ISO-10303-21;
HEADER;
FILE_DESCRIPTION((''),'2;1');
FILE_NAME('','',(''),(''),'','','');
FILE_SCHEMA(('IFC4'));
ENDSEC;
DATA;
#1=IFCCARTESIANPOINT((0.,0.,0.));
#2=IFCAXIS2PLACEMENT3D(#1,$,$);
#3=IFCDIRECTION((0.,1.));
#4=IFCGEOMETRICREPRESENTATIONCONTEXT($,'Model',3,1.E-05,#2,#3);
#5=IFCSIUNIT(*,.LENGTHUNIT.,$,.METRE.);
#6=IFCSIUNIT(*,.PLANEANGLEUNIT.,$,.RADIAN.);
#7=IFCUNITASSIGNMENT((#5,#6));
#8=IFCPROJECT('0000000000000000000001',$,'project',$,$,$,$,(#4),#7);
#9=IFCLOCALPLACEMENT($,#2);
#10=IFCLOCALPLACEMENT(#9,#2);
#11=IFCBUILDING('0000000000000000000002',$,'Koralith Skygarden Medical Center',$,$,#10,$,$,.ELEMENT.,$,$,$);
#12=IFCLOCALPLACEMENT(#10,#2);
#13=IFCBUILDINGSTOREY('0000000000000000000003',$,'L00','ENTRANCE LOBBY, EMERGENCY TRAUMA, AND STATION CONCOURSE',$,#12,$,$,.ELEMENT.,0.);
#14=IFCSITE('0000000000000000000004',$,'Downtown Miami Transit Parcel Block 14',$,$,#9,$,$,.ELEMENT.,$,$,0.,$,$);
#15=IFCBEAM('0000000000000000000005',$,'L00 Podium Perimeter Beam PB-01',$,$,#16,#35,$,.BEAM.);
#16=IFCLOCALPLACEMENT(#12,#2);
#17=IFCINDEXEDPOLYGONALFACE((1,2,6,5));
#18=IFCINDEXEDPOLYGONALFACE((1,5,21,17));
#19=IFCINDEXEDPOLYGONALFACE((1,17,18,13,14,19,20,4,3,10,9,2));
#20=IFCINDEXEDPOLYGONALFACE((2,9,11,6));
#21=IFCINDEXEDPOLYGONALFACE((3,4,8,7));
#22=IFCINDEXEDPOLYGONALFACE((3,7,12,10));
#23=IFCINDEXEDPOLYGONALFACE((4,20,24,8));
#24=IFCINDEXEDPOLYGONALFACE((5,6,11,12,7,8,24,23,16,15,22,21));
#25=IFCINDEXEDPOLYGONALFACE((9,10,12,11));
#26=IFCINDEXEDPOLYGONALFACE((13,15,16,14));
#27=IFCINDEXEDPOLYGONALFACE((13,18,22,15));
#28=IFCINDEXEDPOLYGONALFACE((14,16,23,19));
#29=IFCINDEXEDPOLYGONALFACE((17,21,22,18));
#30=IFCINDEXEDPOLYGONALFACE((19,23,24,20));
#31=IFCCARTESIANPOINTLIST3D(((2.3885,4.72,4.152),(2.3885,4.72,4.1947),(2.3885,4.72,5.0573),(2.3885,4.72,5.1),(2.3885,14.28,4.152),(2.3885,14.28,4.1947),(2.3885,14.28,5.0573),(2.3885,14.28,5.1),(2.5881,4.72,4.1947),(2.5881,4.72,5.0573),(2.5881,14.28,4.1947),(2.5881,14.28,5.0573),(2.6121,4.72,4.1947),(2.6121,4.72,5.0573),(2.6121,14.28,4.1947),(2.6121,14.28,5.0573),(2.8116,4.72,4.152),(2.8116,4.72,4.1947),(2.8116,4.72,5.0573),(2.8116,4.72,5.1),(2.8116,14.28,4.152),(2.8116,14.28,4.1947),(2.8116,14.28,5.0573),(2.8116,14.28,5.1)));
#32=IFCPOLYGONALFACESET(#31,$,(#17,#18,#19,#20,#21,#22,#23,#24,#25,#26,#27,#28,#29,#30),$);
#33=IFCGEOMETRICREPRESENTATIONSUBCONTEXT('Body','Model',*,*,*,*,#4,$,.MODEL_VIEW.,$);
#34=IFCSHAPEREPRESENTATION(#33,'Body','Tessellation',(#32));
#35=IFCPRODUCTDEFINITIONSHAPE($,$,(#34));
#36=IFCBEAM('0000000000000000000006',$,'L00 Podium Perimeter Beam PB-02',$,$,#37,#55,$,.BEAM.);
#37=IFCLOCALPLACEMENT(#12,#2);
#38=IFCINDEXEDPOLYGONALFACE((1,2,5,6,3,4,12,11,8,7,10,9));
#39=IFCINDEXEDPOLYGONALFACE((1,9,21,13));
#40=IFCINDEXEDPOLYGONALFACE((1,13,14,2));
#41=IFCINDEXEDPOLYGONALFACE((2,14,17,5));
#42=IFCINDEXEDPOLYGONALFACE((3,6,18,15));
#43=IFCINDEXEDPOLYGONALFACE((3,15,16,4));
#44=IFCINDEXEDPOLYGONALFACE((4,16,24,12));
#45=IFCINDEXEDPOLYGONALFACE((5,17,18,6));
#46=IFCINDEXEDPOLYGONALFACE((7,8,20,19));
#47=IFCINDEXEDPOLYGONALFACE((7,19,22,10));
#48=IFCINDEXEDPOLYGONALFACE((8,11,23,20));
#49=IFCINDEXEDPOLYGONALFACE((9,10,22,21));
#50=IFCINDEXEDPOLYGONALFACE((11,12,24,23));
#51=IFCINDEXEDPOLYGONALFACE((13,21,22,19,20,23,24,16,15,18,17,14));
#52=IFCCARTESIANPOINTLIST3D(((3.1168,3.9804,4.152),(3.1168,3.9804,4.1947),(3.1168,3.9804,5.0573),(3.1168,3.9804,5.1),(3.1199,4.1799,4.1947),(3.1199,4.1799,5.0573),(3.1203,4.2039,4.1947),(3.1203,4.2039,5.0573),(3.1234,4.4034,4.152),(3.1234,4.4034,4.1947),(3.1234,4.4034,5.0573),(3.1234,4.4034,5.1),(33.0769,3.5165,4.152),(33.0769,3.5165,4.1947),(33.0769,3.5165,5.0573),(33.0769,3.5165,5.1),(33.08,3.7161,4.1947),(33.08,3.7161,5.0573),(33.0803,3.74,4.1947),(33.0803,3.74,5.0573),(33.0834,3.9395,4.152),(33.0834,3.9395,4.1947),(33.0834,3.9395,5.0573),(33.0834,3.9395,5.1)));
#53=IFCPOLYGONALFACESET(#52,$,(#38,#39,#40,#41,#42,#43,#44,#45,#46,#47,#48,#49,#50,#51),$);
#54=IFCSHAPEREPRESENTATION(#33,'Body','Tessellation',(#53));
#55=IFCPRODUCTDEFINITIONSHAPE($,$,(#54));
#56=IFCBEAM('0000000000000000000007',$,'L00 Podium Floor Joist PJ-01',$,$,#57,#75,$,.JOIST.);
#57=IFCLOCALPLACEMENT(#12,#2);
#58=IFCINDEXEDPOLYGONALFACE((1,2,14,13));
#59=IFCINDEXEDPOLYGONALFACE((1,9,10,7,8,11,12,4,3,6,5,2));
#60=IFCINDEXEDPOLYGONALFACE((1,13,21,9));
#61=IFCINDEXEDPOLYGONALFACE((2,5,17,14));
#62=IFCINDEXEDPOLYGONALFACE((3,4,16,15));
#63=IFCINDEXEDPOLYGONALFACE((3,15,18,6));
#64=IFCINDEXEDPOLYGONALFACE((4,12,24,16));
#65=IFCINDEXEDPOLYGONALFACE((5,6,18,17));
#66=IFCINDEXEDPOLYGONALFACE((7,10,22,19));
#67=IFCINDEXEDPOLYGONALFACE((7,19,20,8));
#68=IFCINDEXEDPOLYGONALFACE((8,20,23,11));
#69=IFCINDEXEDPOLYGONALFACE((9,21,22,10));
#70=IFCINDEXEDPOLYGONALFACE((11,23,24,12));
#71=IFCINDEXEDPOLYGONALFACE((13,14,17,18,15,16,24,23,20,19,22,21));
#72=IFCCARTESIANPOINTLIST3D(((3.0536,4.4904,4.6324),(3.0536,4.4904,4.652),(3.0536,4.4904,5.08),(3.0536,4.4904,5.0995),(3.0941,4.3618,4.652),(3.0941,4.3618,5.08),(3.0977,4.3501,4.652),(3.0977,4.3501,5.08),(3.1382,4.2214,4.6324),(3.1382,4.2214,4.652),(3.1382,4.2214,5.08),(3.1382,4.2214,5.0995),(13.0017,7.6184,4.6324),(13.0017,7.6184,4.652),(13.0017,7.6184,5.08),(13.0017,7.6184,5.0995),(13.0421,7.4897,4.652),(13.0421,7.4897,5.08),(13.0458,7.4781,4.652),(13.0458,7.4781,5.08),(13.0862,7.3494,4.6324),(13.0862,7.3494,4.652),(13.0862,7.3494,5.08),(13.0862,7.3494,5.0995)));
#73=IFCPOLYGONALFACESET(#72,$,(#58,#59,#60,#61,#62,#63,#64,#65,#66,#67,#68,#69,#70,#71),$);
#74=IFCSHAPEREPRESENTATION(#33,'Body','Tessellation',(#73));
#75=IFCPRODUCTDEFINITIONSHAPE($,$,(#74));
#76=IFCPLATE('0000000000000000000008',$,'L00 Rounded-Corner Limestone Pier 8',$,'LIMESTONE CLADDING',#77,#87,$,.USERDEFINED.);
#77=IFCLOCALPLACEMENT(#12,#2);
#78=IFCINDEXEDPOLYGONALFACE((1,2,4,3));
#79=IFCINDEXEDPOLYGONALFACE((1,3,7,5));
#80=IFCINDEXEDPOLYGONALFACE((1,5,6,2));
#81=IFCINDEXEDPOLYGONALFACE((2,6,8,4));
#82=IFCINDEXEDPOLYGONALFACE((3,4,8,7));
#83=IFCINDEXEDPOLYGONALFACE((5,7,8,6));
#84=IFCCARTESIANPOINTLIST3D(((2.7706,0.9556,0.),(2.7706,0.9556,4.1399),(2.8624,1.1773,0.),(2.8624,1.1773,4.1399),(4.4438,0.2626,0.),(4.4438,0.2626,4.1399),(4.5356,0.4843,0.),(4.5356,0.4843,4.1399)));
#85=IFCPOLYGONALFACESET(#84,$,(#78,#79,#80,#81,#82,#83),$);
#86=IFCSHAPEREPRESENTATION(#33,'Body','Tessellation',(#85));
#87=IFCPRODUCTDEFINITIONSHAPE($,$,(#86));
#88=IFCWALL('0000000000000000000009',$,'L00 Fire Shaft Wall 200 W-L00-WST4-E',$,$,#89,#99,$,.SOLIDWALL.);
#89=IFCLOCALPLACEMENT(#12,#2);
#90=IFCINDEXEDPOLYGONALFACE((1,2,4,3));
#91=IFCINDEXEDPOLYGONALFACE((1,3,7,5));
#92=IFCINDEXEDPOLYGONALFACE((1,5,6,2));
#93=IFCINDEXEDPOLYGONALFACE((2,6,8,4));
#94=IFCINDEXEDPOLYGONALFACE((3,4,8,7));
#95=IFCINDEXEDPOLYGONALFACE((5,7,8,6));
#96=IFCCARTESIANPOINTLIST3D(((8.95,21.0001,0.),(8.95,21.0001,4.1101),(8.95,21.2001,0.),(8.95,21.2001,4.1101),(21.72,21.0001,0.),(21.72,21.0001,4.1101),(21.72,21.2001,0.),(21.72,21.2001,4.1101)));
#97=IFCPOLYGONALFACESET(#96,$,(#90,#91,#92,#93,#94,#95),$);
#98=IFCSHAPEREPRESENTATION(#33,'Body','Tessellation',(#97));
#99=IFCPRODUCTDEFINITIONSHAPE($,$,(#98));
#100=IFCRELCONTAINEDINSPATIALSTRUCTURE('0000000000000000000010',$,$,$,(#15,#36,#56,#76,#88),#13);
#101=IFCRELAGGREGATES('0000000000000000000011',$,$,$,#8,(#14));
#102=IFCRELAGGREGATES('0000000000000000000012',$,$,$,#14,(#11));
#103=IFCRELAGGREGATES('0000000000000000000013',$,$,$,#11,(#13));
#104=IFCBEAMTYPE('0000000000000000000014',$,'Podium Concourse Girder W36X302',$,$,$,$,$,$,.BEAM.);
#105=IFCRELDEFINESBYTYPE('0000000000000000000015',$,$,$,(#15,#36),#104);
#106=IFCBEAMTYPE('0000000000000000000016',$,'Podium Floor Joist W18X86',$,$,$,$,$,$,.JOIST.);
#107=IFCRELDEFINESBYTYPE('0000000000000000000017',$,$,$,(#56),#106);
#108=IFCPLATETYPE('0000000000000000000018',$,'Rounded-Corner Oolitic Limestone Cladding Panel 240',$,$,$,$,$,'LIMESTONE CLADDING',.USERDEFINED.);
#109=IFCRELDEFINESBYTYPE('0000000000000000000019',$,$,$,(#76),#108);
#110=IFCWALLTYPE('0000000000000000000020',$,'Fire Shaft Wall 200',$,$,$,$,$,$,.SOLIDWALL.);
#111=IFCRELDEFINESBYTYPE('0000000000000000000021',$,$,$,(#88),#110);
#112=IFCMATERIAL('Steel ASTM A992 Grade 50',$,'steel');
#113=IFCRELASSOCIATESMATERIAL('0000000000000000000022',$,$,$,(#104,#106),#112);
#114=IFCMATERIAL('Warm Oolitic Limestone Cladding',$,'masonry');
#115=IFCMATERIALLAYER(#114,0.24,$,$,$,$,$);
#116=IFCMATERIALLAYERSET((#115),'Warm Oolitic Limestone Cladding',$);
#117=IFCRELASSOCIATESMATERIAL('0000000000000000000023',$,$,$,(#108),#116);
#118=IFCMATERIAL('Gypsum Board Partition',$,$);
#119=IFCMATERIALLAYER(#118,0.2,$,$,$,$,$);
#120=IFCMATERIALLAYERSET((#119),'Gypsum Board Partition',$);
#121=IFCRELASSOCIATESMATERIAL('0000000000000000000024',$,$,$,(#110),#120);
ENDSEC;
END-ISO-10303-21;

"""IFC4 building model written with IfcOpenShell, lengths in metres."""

from ifc_helpers import new_model, si_unit, direction, frame, frame_2d, origin, origin_2d, place, context, subcontext, project, spatial, rectangle, i_section, extrude, material, layer, layer_set, material_profile, profile_set, type_object, element, save


model = new_model("IFC4")

# Units and contexts
model_context = context("Model", 3, precision=1e-05, world=origin(), true_north=direction((0.0, 1.0)))
body_context = subcontext(model_context, "Body", "Model", "MODEL_VIEW")
ifc_project = project(units=[si_unit("LENGTHUNIT", "METRE"), si_unit("PLANEANGLEUNIT", "RADIAN")], contexts=[model_context])

# Site, building, storey
site_placement = place(None, origin())
site = spatial("IfcSite", under=ifc_project, at=site_placement, Name="Downtown Miami Transit Parcel Block 14", CompositionType="ELEMENT", RefElevation=0.0)
building_placement = place(site_placement, origin())
building = spatial("IfcBuilding", under=site, at=building_placement, Name="Koralith Skygarden Medical Center", CompositionType="ELEMENT")
storey_placement = place(building_placement, origin())
storey = spatial("IfcBuildingStorey", under=building, at=storey_placement, Name="L00", Description="ENTRANCE LOBBY, EMERGENCY TRAUMA, AND STATION CONCOURSE", CompositionType="ELEMENT", Elevation=0.0)

# Beams
ifc_material_1 = material(Name="Steel ASTM A992 Grade 50", Category="steel")
ifc_material_profile_1 = material_profile(ifc_material_1, i_section(OverallWidth=0.4231, OverallDepth=0.948, WebThickness=0.0239, FlangeThickness=0.0427, at=origin_2d()), Name="W36X302")
ifc_profile_set_1 = profile_set([ifc_material_profile_1], Name="Steel ASTM A992 Grade 50")
beam_type_1 = type_object("IfcBeamType", Name="Podium Concourse Girder W36X302", PredefinedType="BEAM", material=ifc_profile_set_1)
beam_1_placement = place(storey_placement, frame((2.6001, 14.28, 4.626), z_axis=(0.0, -1.0, 0.0), x_axis=(1.0, 0.0, 0.0)))
element("IfcBeam", 1, at=beam_1_placement, inside=storey, type_object=beam_type_1, Name="L00 Podium Perimeter Beam PB-01", PredefinedType="BEAM", context=body_context, shape_type="SweptSolid", body=[
    extrude(i_section(OverallWidth=0.4231, OverallDepth=0.948, WebThickness=0.0239, FlangeThickness=0.0427, at=origin_2d()), origin(), (0.0, 0.0, 1.0), 9.5601),
])
beam_2_placement = place(storey_placement, frame((3.1201, 4.1919, 4.626), z_axis=(0.99988, -0.015481, 0.0), x_axis=(0.015481, 0.99988, 0.0)))
element("IfcBeam", 2, at=beam_2_placement, inside=storey, type_object=beam_type_1, Name="L00 Podium Perimeter Beam PB-02", PredefinedType="BEAM", context=body_context, shape_type="SweptSolid", body=[
    extrude(i_section(OverallWidth=0.4231, OverallDepth=0.948, WebThickness=0.0239, FlangeThickness=0.0427, at=origin_2d()), origin(), (0.0, 0.0, 1.0), 29.9636),
])
ifc_material_profile_2 = material_profile(ifc_material_1, i_section(OverallWidth=0.282, OverallDepth=0.467, WebThickness=0.0122, FlangeThickness=0.0195, at=origin_2d()), Name="W18X86")
ifc_profile_set_2 = profile_set([ifc_material_profile_2], Name="Steel ASTM A992 Grade 50")
beam_type_2 = type_object("IfcBeamType", Name="Podium Floor Joist W18X86", PredefinedType="JOIST", material=ifc_profile_set_2)
beam_3_placement = place(storey_placement, frame((13.0439, 7.4839, 4.866), z_axis=(-0.953955, -0.29995, 0.0), x_axis=(0.29995, -0.953955, 0.0)))
element("IfcBeam", 3, at=beam_3_placement, inside=storey, type_object=beam_type_2, Name="L00 Podium Floor Joist PJ-01", PredefinedType="JOIST", context=body_context, shape_type="SweptSolid", body=[
    extrude(i_section(OverallWidth=0.282, OverallDepth=0.467, WebThickness=0.0122, FlangeThickness=0.0195, at=origin_2d()), origin(), (0.0, 0.0, 1.0), 10.4282),
])

# Plate
ifc_material_2 = material(Name="Warm Oolitic Limestone Cladding", Category="masonry")
ifc_layer_1 = layer(ifc_material_2, 0.24)
ifc_layer_set_1 = layer_set([ifc_layer_1], Name="Warm Oolitic Limestone Cladding")
plate_type = type_object("IfcPlateType", Name="Rounded-Corner Oolitic Limestone Cladding Panel 240", ElementType="LIMESTONE CLADDING", PredefinedType="USERDEFINED", material=ifc_layer_set_1)
plate_placement = place(storey_placement, frame((3.6531, 0.72, 0.0), z_axis=(0.0, 0.0, 1.0), x_axis=(0.923885, -0.382671, 0.0)))
element("IfcPlate", 4, at=plate_placement, inside=storey, type_object=plate_type, Name="L00 Rounded-Corner Limestone Pier 8", ObjectType="LIMESTONE CLADDING", PredefinedType="USERDEFINED", context=body_context, shape_type="SweptSolid", body=[
    extrude(rectangle(XDim=1.811, YDim=0.24, at=origin_2d()), origin(), (0.0, 0.0, 1.0), 4.1399),
])

# Wall
ifc_material_3 = material(Name="Gypsum Board Partition")
ifc_layer_2 = layer(ifc_material_3, 0.2)
ifc_layer_set_2 = layer_set([ifc_layer_2], Name="Gypsum Board Partition")
wall_type_1 = type_object("IfcWallType", Name="Fire Shaft Wall 200", PredefinedType="SOLIDWALL", material=ifc_layer_set_2)
wall_1_placement = place(storey_placement, frame((8.95, 21.1001, 0.0), z_axis=(0.0, 0.0, 1.0), x_axis=(1.0, 0.0, 0.0)))
element("IfcWall", 5, at=wall_1_placement, inside=storey, type_object=wall_type_1, Name="L00 Fire Shaft Wall 200 W-L00-WST4-E", PredefinedType="SOLIDWALL", context=body_context, shape_type="SweptSolid", body=[
    extrude(rectangle(XDim=12.77, YDim=0.2, at=frame_2d((6.385, 0.0))), origin(), (0.0, 0.0, 1.0), 4.1101),
])

save(model, "model.ifc")
